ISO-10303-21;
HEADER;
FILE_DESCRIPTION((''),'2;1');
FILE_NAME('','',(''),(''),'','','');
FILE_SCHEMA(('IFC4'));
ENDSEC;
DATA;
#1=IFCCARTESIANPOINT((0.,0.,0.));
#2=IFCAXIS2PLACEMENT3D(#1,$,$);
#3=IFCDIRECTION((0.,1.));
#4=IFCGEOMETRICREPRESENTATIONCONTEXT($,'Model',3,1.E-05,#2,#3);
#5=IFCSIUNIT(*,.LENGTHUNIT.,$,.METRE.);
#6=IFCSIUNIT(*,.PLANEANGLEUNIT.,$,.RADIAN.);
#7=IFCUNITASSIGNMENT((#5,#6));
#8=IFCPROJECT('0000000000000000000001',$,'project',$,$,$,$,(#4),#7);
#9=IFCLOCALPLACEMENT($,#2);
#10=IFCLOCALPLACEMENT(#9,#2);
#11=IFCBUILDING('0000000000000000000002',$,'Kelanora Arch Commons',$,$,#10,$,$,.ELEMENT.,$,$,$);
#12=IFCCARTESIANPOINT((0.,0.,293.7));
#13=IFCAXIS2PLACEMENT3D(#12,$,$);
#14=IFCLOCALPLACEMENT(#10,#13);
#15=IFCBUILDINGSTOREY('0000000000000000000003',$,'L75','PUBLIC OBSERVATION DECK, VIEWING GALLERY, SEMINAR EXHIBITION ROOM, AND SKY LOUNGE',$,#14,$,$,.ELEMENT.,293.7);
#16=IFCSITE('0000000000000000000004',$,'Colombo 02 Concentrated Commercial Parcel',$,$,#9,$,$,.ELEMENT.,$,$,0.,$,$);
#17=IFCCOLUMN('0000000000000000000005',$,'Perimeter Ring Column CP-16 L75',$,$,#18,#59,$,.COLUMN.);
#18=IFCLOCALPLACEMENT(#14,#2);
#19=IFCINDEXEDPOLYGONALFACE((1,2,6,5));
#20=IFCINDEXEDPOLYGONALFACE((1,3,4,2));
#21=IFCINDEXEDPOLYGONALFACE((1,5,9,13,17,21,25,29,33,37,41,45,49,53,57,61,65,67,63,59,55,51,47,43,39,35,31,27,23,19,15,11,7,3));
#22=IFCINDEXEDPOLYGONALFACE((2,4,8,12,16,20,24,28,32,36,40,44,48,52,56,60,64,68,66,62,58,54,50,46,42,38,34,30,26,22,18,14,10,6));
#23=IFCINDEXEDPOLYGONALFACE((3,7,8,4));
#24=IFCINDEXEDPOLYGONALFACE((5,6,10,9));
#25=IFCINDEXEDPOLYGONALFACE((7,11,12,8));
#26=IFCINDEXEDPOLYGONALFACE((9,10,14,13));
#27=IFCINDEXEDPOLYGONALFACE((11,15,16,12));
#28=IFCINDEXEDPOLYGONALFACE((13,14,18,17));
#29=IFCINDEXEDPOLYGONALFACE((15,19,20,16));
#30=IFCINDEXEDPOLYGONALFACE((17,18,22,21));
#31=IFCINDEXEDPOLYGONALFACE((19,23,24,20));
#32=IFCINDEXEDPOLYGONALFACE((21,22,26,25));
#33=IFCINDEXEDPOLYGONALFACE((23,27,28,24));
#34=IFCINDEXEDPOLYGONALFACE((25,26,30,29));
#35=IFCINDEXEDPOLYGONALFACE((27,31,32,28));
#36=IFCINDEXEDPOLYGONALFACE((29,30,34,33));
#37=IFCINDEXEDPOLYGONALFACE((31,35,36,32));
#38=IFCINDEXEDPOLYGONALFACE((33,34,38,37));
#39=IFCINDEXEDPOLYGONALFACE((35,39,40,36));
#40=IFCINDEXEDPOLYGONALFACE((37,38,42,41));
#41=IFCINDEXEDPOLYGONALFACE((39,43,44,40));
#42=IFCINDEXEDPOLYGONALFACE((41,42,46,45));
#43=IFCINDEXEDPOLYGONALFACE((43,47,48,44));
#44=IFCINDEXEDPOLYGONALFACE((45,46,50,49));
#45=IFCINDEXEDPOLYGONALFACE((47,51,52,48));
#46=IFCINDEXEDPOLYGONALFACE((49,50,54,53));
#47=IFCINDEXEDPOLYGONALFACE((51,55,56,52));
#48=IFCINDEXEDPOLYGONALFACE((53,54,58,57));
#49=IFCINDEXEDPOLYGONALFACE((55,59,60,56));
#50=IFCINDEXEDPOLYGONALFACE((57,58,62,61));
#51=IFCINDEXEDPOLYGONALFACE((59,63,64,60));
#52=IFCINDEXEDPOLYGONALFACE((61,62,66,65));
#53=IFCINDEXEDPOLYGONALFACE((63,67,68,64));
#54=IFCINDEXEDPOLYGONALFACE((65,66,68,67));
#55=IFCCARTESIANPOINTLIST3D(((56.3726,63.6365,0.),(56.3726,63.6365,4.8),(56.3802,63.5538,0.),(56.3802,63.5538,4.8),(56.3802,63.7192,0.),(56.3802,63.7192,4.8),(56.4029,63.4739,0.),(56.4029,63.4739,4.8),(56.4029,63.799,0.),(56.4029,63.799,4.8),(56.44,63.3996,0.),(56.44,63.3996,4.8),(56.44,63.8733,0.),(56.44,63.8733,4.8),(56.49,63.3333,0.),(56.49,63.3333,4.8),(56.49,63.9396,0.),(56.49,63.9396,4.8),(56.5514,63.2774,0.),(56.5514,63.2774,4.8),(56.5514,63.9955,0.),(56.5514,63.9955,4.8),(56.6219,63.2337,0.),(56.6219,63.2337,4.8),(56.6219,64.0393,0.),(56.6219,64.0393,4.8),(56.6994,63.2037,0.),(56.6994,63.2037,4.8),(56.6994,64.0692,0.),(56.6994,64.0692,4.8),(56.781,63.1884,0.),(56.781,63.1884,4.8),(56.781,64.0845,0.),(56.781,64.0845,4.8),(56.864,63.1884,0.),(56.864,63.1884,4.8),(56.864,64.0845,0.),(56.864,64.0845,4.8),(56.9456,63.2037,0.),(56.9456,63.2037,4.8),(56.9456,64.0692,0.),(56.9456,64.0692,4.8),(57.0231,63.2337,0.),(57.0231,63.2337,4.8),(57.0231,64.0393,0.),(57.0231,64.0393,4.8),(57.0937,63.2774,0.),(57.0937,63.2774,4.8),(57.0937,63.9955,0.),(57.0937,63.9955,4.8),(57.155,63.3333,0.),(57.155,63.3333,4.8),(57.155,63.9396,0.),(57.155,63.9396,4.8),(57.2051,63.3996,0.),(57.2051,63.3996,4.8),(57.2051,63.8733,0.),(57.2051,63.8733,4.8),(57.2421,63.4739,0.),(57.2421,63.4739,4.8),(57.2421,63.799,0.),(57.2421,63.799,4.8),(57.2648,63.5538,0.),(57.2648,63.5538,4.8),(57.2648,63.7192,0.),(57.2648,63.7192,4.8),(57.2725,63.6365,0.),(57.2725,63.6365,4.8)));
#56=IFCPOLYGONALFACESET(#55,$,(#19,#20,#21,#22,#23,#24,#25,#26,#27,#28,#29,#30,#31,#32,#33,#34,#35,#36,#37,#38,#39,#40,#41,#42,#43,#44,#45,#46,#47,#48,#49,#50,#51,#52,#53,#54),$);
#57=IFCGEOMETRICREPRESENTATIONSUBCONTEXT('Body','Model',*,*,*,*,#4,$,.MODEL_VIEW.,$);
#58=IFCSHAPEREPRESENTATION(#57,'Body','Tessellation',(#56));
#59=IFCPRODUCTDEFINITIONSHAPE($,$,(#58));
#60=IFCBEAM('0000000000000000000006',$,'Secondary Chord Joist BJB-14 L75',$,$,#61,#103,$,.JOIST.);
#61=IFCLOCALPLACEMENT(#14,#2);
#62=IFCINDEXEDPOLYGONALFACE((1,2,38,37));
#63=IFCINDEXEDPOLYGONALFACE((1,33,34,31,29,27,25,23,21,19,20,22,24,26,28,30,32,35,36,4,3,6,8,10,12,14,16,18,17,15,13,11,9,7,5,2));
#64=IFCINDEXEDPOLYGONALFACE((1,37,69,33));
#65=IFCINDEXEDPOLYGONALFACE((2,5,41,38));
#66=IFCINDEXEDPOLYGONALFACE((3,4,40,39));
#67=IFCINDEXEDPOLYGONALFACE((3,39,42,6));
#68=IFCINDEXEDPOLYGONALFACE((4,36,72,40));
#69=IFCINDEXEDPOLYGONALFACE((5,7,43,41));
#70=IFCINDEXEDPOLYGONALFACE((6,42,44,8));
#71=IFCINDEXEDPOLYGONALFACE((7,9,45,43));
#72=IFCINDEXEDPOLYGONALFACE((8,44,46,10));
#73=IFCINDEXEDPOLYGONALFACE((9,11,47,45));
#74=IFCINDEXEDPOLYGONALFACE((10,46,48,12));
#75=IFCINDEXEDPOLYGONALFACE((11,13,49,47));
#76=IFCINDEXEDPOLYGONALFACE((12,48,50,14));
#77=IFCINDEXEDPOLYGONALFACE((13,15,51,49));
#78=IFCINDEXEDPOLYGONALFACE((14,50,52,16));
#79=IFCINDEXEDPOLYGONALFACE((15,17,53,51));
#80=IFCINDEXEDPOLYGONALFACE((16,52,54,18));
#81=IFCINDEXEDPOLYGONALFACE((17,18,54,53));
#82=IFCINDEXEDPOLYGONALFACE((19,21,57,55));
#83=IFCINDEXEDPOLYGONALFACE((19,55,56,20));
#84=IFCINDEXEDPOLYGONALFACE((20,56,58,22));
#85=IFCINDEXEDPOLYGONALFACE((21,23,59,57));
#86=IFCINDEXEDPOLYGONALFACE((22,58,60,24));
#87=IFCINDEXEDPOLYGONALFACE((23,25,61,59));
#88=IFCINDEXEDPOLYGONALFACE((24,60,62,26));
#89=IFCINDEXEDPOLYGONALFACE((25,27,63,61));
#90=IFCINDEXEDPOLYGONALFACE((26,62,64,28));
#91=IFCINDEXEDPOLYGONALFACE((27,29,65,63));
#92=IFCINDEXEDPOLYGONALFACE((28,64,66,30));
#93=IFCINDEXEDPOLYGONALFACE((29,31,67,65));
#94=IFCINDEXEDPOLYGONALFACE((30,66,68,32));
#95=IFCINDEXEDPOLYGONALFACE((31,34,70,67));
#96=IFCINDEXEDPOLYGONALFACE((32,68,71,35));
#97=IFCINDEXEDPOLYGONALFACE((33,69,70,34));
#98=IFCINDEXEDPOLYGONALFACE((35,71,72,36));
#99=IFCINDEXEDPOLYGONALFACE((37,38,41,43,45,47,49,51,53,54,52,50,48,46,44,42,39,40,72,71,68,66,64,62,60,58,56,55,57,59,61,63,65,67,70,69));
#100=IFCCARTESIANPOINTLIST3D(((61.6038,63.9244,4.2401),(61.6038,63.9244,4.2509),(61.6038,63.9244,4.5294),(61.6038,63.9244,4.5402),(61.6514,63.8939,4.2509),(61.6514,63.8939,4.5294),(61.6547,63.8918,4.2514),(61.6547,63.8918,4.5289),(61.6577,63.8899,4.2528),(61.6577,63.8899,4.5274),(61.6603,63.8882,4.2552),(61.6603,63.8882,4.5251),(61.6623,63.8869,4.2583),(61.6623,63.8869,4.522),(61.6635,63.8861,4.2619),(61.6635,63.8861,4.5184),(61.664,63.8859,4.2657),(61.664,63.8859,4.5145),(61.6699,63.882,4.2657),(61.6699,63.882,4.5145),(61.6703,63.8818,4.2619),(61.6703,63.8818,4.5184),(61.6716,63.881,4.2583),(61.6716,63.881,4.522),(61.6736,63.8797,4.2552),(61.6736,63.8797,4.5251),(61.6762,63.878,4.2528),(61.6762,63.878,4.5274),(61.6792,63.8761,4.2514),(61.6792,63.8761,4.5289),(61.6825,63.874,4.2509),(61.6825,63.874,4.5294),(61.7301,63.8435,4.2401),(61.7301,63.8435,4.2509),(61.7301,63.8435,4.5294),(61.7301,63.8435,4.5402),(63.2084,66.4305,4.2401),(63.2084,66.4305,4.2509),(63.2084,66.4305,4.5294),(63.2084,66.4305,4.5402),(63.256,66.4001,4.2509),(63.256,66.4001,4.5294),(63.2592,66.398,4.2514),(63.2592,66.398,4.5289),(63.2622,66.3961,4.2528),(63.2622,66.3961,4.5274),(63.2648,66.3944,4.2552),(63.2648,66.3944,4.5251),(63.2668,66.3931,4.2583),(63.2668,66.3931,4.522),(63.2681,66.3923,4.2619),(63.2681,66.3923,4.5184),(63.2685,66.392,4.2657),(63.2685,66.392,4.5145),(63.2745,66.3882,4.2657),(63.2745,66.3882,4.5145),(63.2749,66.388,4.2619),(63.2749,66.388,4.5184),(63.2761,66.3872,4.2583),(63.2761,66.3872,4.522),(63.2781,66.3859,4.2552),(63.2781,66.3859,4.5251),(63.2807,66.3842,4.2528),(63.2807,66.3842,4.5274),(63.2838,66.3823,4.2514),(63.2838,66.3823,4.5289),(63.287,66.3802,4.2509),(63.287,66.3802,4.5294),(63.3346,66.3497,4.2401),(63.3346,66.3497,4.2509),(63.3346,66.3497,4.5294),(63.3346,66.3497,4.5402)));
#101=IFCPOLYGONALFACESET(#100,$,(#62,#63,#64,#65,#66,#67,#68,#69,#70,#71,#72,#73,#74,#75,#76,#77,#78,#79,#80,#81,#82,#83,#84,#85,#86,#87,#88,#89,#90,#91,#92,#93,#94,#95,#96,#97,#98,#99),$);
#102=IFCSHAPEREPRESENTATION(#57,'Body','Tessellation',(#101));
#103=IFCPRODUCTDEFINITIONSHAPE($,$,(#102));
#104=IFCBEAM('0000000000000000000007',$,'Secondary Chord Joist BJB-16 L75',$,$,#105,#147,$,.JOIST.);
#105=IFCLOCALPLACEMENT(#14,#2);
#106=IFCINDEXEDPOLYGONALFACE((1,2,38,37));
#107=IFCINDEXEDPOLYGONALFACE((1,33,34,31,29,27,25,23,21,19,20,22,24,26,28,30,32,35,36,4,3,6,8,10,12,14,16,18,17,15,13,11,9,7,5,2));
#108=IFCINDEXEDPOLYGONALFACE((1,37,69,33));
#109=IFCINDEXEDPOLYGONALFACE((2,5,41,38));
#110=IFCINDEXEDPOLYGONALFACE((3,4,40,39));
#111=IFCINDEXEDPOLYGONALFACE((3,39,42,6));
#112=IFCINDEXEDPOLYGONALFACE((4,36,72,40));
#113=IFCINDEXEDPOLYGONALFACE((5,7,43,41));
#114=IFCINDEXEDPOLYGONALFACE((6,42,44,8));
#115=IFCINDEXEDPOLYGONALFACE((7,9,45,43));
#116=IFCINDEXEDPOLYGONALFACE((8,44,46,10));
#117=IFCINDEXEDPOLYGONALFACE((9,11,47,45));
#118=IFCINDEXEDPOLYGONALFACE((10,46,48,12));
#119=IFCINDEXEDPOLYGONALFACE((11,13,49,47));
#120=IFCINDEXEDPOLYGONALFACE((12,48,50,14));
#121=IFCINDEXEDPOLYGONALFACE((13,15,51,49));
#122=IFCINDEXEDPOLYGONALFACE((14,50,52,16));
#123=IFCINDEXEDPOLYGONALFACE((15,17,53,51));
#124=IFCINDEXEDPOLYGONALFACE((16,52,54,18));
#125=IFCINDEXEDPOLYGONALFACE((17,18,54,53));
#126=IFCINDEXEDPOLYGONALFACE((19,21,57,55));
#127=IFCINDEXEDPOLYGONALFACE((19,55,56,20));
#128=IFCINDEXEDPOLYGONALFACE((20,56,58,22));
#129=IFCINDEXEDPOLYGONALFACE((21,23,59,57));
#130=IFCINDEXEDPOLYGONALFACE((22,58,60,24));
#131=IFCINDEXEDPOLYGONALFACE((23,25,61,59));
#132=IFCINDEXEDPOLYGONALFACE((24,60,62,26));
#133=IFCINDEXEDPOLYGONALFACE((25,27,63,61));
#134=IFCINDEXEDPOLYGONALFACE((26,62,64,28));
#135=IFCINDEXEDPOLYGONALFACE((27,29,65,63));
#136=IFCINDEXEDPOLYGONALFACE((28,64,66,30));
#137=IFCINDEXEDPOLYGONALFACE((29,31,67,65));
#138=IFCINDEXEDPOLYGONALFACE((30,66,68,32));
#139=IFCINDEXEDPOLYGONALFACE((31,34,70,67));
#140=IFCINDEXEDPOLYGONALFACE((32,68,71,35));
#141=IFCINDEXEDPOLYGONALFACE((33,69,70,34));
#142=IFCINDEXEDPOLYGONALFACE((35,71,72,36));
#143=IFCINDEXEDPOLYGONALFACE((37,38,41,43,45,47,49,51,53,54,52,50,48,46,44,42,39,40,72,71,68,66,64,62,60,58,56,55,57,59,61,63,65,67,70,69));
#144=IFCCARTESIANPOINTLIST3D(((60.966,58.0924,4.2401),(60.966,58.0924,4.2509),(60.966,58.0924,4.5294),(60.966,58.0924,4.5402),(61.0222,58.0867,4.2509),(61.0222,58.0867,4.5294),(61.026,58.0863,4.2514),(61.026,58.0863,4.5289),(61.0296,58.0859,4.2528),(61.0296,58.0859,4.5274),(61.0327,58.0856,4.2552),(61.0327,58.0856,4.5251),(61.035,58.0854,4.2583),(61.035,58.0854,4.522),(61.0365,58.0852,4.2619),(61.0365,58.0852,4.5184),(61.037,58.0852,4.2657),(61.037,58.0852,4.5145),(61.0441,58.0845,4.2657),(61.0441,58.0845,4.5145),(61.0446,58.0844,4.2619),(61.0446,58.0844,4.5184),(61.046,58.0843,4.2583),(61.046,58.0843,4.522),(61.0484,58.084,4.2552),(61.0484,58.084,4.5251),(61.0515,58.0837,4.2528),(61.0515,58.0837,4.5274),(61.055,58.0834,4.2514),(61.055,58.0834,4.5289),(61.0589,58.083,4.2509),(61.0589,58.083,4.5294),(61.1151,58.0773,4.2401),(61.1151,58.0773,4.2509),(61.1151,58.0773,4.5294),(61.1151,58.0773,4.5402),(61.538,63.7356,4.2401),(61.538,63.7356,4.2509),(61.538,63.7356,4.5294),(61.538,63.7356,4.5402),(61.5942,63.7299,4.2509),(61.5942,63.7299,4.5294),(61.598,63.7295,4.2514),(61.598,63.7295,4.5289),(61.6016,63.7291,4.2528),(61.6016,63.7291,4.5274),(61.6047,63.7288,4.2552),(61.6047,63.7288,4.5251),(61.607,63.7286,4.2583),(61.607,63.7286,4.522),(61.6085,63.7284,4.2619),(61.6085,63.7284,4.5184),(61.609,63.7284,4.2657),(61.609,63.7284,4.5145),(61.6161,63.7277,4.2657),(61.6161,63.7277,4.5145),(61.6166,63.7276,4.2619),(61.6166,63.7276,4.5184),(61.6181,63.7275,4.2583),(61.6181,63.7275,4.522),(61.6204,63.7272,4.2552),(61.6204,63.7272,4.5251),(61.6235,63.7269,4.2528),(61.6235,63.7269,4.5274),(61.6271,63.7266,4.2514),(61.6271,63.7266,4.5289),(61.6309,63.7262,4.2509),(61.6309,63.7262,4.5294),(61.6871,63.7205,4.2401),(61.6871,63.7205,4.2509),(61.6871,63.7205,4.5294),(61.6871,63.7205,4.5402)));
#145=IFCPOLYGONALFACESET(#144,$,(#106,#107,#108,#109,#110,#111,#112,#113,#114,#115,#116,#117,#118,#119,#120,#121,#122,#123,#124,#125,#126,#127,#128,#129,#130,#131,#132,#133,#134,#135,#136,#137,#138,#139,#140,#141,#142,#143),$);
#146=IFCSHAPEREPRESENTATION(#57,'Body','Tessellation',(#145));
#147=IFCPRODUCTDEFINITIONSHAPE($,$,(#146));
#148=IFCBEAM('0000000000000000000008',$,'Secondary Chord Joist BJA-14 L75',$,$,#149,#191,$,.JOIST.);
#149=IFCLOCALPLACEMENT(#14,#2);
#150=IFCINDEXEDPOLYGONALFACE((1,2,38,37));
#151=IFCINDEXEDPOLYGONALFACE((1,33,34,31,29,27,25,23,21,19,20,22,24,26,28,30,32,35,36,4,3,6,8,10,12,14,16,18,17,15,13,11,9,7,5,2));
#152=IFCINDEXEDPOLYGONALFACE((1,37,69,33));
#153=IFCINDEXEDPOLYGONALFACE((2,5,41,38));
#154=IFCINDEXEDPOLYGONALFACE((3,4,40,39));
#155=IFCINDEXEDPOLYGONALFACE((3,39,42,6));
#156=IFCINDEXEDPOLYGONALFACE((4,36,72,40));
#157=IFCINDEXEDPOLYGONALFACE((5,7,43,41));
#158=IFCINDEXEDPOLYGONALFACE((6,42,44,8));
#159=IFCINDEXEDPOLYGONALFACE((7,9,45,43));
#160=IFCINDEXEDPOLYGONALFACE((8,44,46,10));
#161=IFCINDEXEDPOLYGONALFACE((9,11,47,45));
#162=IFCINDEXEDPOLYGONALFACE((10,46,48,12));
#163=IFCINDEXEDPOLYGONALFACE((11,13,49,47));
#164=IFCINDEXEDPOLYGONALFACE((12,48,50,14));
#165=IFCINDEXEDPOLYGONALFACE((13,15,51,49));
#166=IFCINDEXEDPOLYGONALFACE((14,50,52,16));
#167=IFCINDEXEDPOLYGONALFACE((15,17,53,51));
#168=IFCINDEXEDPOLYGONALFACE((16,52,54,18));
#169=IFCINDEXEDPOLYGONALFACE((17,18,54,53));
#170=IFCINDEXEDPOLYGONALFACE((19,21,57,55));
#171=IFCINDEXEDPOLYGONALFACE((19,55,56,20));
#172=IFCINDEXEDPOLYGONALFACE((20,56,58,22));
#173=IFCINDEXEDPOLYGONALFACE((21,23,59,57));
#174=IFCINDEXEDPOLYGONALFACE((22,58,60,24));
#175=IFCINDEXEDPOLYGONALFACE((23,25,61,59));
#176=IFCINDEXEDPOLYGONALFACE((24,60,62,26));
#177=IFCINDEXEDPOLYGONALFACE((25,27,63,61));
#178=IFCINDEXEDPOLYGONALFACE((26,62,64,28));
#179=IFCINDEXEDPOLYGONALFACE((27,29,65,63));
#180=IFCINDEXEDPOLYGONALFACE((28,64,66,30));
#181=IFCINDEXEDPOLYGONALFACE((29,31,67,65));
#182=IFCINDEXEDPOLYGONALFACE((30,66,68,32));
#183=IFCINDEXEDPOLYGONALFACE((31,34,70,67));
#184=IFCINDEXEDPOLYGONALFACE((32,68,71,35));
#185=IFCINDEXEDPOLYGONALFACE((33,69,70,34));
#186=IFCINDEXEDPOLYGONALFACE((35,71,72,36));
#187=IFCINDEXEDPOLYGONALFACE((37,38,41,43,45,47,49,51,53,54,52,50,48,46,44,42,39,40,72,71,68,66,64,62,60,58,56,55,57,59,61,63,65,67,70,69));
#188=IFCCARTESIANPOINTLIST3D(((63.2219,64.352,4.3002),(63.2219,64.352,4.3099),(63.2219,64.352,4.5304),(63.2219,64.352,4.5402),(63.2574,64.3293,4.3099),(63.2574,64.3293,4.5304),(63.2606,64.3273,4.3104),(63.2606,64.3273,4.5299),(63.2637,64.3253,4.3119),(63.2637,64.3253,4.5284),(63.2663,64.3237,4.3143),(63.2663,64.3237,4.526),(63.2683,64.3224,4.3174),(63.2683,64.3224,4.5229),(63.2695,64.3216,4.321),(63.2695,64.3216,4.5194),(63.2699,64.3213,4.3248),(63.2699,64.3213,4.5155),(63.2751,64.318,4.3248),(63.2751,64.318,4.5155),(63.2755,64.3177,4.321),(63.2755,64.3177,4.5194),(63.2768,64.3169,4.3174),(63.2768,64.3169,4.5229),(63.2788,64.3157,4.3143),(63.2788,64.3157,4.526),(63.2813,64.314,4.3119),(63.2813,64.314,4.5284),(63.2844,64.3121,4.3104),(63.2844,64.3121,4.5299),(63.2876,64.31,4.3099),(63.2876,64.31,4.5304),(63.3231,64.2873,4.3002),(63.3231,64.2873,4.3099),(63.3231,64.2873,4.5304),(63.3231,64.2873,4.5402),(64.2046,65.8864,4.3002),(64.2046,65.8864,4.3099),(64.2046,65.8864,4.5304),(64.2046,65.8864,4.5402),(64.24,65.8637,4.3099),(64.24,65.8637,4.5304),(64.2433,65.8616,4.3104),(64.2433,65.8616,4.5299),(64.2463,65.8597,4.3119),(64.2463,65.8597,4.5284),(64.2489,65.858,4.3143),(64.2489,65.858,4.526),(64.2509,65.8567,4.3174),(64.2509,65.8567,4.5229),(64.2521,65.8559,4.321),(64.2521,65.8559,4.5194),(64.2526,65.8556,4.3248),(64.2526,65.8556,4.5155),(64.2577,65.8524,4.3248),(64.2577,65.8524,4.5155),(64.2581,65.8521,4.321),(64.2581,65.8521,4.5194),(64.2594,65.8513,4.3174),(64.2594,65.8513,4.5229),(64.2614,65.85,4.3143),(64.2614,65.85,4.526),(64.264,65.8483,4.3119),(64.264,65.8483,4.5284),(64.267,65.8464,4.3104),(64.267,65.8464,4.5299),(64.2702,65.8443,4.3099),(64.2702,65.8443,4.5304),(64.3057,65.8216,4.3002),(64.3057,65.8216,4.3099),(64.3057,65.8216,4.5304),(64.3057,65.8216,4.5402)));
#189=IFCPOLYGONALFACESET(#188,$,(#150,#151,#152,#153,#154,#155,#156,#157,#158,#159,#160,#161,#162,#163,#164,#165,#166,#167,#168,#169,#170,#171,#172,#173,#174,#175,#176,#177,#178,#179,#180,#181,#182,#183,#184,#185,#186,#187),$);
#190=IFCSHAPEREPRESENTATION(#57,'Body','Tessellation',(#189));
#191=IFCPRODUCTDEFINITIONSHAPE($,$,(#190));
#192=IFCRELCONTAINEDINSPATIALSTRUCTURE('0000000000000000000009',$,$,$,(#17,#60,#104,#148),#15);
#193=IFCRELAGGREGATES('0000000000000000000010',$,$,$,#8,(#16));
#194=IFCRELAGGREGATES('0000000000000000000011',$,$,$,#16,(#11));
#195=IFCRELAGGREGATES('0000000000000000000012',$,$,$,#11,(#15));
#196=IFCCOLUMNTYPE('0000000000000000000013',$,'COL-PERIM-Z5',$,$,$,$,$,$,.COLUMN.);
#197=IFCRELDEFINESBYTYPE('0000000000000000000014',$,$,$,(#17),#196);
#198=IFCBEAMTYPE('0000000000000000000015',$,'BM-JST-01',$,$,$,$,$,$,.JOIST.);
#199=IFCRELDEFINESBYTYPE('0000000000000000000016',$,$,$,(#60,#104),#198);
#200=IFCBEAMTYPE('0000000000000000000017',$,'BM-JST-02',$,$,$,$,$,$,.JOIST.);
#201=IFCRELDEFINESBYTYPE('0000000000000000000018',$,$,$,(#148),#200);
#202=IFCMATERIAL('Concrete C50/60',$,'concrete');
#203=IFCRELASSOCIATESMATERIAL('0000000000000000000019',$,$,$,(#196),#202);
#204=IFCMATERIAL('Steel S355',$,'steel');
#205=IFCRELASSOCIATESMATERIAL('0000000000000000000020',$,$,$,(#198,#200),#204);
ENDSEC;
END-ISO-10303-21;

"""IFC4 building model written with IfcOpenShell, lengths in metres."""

from ifc_helpers import new_model, si_unit, direction, frame, origin, origin_2d, place, context, subcontext, project, spatial, circle, i_section, extrude, material, material_profile, profile_set, type_object, element, save


model = new_model("IFC4")

# Units and contexts
model_context = context("Model", 3, precision=1e-05, world=origin(), true_north=direction((0.0, 1.0)))
body_context = subcontext(model_context, "Body", "Model", "MODEL_VIEW")
ifc_project = project(units=[si_unit("LENGTHUNIT", "METRE"), si_unit("PLANEANGLEUNIT", "RADIAN")], contexts=[model_context])

# Site, building, storey
site_placement = place(None, origin())
site = spatial("IfcSite", under=ifc_project, at=site_placement, Name="Colombo 02 Concentrated Commercial Parcel", CompositionType="ELEMENT", RefElevation=0.0)
building_placement = place(site_placement, origin())
building = spatial("IfcBuilding", under=site, at=building_placement, Name="Kelanora Arch Commons", CompositionType="ELEMENT")
storey_placement = place(building_placement, frame((0.0, 0.0, 293.7)))
storey = spatial("IfcBuildingStorey", under=building, at=storey_placement, Name="L75", Description="PUBLIC OBSERVATION DECK, VIEWING GALLERY, SEMINAR EXHIBITION ROOM, AND SKY LOUNGE", CompositionType="ELEMENT", Elevation=293.7)

# Column
ifc_material_1 = material(Name="Concrete C50/60", Category="concrete")
ifc_material_profile_1 = material_profile(ifc_material_1, circle(Radius=0.45, at=origin_2d()), Name="RCC900")
ifc_profile_set_1 = profile_set([ifc_material_profile_1], Name="Concrete C50/60")
column_type = type_object("IfcColumnType", Name="COL-PERIM-Z5", PredefinedType="COLUMN", material=ifc_profile_set_1)
column_placement = place(storey_placement, frame((56.8225, 63.6365, 0.0), z_axis=(0.0, 0.0, 1.0), x_axis=(1.0, 0.0, 0.0)))
element("IfcColumn", 1, at=column_placement, inside=storey, type_object=column_type, Name="Perimeter Ring Column CP-16 L75", PredefinedType="COLUMN", context=body_context, shape_type="SweptSolid", body=[
    extrude(circle(Radius=0.45, at=origin_2d()), origin(), (0.0, 0.0, 1.0), 4.8),
])

# Beams
ifc_material_2 = material(Name="Steel S355", Category="steel")
ifc_material_profile_2 = material_profile(ifc_material_2, i_section(OverallWidth=0.1499, OverallDepth=0.3, WebThickness=0.0071, FlangeThickness=0.0107, FilletRadius=0.0149, at=origin_2d()), Name="IPE300")
ifc_profile_set_2 = profile_set([ifc_material_profile_2], Name="Steel S355")
beam_type_1 = type_object("IfcBeamType", Name="BM-JST-01", PredefinedType="JOIST", material=ifc_profile_set_2)
beam_1_placement = place(storey_placement, frame((63.2715, 66.3901, 4.3901), z_axis=(-0.539193, -0.842182, 0.0), x_axis=(0.842182, -0.539193, 0.0)))
element("IfcBeam", 2, at=beam_1_placement, inside=storey, type_object=beam_type_1, Name="Secondary Chord Joist BJB-14 L75", PredefinedType="JOIST", context=body_context, shape_type="SweptSolid", body=[
    extrude(i_section(OverallWidth=0.1499, OverallDepth=0.3, WebThickness=0.0071, FlangeThickness=0.0107, FilletRadius=0.0149, at=origin_2d()), origin(), (0.0, 0.0, 1.0), 2.9758),
])
beam_2_placement = place(storey_placement, frame((61.6125, 63.728, 4.3901), z_axis=(-0.100846, -0.994902, 0.0), x_axis=(0.994902, -0.100846, 0.0)))
element("IfcBeam", 3, at=beam_2_placement, inside=storey, type_object=beam_type_1, Name="Secondary Chord Joist BJB-16 L75", PredefinedType="JOIST", context=body_context, shape_type="SweptSolid", body=[
    extrude(i_section(OverallWidth=0.1499, OverallDepth=0.3, WebThickness=0.0071, FlangeThickness=0.0107, FilletRadius=0.0149, at=origin_2d()), origin(), (0.0, 0.0, 1.0), 5.6721),
])
ifc_material_profile_3 = material_profile(ifc_material_2, i_section(OverallWidth=0.1201, OverallDepth=0.24, WebThickness=0.0061, FlangeThickness=0.0098, FilletRadius=0.0149, at=origin_2d()), Name="IPE240")
ifc_profile_set_3 = profile_set([ifc_material_profile_3], Name="Steel S355")
beam_type_2 = type_object("IfcBeamType", Name="BM-JST-02", PredefinedType="JOIST", material=ifc_profile_set_3)
beam_3_placement = place(storey_placement, frame((64.2551, 65.854, 4.4202), z_axis=(-0.539301, -0.842113, 0.0), x_axis=(0.842113, -0.539301, 0.0)))
element("IfcBeam", 4, at=beam_3_placement, inside=storey, type_object=beam_type_2, Name="Secondary Chord Joist BJA-14 L75", PredefinedType="JOIST", context=body_context, shape_type="SweptSolid", body=[
    extrude(i_section(OverallWidth=0.1201, OverallDepth=0.24, WebThickness=0.0061, FlangeThickness=0.0098, FilletRadius=0.0149, at=origin_2d()), origin(), (0.0, 0.0, 1.0), 1.822),
])

save(model, "model.ifc")
